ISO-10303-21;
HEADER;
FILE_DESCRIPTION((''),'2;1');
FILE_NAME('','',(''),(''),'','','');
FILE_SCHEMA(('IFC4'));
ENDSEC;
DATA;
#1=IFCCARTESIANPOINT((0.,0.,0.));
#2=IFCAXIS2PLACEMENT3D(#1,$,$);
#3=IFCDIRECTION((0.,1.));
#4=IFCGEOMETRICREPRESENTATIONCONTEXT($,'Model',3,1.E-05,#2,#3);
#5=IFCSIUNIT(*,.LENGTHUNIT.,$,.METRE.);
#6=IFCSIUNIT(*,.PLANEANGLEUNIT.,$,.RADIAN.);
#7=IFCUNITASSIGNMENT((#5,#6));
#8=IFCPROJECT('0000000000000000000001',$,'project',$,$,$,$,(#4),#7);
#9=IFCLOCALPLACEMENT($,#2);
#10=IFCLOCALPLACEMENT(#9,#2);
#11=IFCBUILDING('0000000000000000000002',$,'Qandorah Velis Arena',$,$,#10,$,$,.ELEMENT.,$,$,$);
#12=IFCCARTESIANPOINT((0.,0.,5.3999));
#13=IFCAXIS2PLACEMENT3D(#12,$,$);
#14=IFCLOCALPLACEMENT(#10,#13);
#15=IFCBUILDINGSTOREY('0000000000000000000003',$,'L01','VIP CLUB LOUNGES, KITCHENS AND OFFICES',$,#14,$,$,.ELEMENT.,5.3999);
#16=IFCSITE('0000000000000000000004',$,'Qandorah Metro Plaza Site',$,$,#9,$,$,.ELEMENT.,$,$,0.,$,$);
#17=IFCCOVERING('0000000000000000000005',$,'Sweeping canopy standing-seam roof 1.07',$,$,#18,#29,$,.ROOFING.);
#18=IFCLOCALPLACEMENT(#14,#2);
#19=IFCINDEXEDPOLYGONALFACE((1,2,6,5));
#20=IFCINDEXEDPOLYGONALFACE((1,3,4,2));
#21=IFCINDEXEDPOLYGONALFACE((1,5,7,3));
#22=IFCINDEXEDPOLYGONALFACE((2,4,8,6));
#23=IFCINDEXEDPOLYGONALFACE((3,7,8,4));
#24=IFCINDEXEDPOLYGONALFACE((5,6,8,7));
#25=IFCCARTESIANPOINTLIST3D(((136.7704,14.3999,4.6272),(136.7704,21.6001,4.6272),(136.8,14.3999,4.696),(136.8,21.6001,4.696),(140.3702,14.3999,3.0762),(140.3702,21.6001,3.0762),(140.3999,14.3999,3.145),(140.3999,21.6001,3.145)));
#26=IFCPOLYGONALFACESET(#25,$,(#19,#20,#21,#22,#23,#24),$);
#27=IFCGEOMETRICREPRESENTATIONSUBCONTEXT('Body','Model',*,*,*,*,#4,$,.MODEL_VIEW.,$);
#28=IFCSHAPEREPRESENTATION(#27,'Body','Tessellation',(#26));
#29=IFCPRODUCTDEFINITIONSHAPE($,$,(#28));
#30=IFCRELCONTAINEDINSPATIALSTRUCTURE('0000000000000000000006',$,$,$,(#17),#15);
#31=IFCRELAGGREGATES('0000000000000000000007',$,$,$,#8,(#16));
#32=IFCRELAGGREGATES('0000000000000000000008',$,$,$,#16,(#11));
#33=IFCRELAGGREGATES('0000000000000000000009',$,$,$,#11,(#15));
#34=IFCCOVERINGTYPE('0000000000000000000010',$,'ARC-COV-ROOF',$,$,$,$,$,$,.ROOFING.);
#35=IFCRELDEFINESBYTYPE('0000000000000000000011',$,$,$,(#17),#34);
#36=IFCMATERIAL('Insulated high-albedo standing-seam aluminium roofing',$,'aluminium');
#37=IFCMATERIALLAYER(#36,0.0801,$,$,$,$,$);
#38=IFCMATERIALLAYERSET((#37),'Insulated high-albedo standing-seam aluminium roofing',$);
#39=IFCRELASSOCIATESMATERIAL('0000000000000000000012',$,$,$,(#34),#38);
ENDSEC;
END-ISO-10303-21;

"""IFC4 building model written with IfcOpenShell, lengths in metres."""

from ifc_helpers import new_model, si_unit, direction, frame, origin, place, context, subcontext, project, spatial, polyline, outline, extrude, material, layer, layer_set, type_object, element, save


model = new_model("IFC4")

# Units and contexts
model_context = context("Model", 3, precision=1e-05, world=origin(), true_north=direction((0.0, 1.0)))
body_context = subcontext(model_context, "Body", "Model", "MODEL_VIEW")
ifc_project = project(units=[si_unit("LENGTHUNIT", "METRE"), si_unit("PLANEANGLEUNIT", "RADIAN")], contexts=[model_context])

# Site, building, storey
site_placement = place(None, origin())
site = spatial("IfcSite", under=ifc_project, at=site_placement, Name="Qandorah Metro Plaza Site", CompositionType="ELEMENT", RefElevation=0.0)
building_placement = place(site_placement, origin())
building = spatial("IfcBuilding", under=site, at=building_placement, Name="Qandorah Velis Arena", CompositionType="ELEMENT")
storey_placement = place(building_placement, frame((0.0, 0.0, 5.3999)))
storey = spatial("IfcBuildingStorey", under=building, at=storey_placement, Name="L01", Description="VIP CLUB LOUNGES, KITCHENS AND OFFICES", CompositionType="ELEMENT", Elevation=5.3999)

# Covering
ifc_material_1 = material(Name="Insulated high-albedo standing-seam aluminium roofing", Category="aluminium")
ifc_layer_1 = layer(ifc_material_1, 0.0801)
ifc_layer_set_1 = layer_set([ifc_layer_1], Name="Insulated high-albedo standing-seam aluminium roofing")
covering_type_1 = type_object("IfcCoveringType", Name="ARC-COV-ROOF", PredefinedType="ROOFING", material=ifc_layer_set_1)
covering_1_placement = place(storey_placement, frame((136.8, 14.3999, 4.696), z_axis=(0.395693, 0.0, 0.918383), x_axis=(0.918383, 0.0, -0.395693)))
element("IfcCovering", 1, at=covering_1_placement, inside=storey, type_object=covering_type_1, Name="Sweeping canopy standing-seam roof 1.07", PredefinedType="ROOFING", context=body_context, shape_type="SweptSolid", body=[
    extrude(outline(polyline([(0.0, 0.0), (3.9198, 0.0), (3.9198, 7.2002), (0.0, 7.2002), (0.0, 0.0)])), origin(), (0.0, 0.0, -1.0), 0.075),
])

save(model, "model.ifc")
